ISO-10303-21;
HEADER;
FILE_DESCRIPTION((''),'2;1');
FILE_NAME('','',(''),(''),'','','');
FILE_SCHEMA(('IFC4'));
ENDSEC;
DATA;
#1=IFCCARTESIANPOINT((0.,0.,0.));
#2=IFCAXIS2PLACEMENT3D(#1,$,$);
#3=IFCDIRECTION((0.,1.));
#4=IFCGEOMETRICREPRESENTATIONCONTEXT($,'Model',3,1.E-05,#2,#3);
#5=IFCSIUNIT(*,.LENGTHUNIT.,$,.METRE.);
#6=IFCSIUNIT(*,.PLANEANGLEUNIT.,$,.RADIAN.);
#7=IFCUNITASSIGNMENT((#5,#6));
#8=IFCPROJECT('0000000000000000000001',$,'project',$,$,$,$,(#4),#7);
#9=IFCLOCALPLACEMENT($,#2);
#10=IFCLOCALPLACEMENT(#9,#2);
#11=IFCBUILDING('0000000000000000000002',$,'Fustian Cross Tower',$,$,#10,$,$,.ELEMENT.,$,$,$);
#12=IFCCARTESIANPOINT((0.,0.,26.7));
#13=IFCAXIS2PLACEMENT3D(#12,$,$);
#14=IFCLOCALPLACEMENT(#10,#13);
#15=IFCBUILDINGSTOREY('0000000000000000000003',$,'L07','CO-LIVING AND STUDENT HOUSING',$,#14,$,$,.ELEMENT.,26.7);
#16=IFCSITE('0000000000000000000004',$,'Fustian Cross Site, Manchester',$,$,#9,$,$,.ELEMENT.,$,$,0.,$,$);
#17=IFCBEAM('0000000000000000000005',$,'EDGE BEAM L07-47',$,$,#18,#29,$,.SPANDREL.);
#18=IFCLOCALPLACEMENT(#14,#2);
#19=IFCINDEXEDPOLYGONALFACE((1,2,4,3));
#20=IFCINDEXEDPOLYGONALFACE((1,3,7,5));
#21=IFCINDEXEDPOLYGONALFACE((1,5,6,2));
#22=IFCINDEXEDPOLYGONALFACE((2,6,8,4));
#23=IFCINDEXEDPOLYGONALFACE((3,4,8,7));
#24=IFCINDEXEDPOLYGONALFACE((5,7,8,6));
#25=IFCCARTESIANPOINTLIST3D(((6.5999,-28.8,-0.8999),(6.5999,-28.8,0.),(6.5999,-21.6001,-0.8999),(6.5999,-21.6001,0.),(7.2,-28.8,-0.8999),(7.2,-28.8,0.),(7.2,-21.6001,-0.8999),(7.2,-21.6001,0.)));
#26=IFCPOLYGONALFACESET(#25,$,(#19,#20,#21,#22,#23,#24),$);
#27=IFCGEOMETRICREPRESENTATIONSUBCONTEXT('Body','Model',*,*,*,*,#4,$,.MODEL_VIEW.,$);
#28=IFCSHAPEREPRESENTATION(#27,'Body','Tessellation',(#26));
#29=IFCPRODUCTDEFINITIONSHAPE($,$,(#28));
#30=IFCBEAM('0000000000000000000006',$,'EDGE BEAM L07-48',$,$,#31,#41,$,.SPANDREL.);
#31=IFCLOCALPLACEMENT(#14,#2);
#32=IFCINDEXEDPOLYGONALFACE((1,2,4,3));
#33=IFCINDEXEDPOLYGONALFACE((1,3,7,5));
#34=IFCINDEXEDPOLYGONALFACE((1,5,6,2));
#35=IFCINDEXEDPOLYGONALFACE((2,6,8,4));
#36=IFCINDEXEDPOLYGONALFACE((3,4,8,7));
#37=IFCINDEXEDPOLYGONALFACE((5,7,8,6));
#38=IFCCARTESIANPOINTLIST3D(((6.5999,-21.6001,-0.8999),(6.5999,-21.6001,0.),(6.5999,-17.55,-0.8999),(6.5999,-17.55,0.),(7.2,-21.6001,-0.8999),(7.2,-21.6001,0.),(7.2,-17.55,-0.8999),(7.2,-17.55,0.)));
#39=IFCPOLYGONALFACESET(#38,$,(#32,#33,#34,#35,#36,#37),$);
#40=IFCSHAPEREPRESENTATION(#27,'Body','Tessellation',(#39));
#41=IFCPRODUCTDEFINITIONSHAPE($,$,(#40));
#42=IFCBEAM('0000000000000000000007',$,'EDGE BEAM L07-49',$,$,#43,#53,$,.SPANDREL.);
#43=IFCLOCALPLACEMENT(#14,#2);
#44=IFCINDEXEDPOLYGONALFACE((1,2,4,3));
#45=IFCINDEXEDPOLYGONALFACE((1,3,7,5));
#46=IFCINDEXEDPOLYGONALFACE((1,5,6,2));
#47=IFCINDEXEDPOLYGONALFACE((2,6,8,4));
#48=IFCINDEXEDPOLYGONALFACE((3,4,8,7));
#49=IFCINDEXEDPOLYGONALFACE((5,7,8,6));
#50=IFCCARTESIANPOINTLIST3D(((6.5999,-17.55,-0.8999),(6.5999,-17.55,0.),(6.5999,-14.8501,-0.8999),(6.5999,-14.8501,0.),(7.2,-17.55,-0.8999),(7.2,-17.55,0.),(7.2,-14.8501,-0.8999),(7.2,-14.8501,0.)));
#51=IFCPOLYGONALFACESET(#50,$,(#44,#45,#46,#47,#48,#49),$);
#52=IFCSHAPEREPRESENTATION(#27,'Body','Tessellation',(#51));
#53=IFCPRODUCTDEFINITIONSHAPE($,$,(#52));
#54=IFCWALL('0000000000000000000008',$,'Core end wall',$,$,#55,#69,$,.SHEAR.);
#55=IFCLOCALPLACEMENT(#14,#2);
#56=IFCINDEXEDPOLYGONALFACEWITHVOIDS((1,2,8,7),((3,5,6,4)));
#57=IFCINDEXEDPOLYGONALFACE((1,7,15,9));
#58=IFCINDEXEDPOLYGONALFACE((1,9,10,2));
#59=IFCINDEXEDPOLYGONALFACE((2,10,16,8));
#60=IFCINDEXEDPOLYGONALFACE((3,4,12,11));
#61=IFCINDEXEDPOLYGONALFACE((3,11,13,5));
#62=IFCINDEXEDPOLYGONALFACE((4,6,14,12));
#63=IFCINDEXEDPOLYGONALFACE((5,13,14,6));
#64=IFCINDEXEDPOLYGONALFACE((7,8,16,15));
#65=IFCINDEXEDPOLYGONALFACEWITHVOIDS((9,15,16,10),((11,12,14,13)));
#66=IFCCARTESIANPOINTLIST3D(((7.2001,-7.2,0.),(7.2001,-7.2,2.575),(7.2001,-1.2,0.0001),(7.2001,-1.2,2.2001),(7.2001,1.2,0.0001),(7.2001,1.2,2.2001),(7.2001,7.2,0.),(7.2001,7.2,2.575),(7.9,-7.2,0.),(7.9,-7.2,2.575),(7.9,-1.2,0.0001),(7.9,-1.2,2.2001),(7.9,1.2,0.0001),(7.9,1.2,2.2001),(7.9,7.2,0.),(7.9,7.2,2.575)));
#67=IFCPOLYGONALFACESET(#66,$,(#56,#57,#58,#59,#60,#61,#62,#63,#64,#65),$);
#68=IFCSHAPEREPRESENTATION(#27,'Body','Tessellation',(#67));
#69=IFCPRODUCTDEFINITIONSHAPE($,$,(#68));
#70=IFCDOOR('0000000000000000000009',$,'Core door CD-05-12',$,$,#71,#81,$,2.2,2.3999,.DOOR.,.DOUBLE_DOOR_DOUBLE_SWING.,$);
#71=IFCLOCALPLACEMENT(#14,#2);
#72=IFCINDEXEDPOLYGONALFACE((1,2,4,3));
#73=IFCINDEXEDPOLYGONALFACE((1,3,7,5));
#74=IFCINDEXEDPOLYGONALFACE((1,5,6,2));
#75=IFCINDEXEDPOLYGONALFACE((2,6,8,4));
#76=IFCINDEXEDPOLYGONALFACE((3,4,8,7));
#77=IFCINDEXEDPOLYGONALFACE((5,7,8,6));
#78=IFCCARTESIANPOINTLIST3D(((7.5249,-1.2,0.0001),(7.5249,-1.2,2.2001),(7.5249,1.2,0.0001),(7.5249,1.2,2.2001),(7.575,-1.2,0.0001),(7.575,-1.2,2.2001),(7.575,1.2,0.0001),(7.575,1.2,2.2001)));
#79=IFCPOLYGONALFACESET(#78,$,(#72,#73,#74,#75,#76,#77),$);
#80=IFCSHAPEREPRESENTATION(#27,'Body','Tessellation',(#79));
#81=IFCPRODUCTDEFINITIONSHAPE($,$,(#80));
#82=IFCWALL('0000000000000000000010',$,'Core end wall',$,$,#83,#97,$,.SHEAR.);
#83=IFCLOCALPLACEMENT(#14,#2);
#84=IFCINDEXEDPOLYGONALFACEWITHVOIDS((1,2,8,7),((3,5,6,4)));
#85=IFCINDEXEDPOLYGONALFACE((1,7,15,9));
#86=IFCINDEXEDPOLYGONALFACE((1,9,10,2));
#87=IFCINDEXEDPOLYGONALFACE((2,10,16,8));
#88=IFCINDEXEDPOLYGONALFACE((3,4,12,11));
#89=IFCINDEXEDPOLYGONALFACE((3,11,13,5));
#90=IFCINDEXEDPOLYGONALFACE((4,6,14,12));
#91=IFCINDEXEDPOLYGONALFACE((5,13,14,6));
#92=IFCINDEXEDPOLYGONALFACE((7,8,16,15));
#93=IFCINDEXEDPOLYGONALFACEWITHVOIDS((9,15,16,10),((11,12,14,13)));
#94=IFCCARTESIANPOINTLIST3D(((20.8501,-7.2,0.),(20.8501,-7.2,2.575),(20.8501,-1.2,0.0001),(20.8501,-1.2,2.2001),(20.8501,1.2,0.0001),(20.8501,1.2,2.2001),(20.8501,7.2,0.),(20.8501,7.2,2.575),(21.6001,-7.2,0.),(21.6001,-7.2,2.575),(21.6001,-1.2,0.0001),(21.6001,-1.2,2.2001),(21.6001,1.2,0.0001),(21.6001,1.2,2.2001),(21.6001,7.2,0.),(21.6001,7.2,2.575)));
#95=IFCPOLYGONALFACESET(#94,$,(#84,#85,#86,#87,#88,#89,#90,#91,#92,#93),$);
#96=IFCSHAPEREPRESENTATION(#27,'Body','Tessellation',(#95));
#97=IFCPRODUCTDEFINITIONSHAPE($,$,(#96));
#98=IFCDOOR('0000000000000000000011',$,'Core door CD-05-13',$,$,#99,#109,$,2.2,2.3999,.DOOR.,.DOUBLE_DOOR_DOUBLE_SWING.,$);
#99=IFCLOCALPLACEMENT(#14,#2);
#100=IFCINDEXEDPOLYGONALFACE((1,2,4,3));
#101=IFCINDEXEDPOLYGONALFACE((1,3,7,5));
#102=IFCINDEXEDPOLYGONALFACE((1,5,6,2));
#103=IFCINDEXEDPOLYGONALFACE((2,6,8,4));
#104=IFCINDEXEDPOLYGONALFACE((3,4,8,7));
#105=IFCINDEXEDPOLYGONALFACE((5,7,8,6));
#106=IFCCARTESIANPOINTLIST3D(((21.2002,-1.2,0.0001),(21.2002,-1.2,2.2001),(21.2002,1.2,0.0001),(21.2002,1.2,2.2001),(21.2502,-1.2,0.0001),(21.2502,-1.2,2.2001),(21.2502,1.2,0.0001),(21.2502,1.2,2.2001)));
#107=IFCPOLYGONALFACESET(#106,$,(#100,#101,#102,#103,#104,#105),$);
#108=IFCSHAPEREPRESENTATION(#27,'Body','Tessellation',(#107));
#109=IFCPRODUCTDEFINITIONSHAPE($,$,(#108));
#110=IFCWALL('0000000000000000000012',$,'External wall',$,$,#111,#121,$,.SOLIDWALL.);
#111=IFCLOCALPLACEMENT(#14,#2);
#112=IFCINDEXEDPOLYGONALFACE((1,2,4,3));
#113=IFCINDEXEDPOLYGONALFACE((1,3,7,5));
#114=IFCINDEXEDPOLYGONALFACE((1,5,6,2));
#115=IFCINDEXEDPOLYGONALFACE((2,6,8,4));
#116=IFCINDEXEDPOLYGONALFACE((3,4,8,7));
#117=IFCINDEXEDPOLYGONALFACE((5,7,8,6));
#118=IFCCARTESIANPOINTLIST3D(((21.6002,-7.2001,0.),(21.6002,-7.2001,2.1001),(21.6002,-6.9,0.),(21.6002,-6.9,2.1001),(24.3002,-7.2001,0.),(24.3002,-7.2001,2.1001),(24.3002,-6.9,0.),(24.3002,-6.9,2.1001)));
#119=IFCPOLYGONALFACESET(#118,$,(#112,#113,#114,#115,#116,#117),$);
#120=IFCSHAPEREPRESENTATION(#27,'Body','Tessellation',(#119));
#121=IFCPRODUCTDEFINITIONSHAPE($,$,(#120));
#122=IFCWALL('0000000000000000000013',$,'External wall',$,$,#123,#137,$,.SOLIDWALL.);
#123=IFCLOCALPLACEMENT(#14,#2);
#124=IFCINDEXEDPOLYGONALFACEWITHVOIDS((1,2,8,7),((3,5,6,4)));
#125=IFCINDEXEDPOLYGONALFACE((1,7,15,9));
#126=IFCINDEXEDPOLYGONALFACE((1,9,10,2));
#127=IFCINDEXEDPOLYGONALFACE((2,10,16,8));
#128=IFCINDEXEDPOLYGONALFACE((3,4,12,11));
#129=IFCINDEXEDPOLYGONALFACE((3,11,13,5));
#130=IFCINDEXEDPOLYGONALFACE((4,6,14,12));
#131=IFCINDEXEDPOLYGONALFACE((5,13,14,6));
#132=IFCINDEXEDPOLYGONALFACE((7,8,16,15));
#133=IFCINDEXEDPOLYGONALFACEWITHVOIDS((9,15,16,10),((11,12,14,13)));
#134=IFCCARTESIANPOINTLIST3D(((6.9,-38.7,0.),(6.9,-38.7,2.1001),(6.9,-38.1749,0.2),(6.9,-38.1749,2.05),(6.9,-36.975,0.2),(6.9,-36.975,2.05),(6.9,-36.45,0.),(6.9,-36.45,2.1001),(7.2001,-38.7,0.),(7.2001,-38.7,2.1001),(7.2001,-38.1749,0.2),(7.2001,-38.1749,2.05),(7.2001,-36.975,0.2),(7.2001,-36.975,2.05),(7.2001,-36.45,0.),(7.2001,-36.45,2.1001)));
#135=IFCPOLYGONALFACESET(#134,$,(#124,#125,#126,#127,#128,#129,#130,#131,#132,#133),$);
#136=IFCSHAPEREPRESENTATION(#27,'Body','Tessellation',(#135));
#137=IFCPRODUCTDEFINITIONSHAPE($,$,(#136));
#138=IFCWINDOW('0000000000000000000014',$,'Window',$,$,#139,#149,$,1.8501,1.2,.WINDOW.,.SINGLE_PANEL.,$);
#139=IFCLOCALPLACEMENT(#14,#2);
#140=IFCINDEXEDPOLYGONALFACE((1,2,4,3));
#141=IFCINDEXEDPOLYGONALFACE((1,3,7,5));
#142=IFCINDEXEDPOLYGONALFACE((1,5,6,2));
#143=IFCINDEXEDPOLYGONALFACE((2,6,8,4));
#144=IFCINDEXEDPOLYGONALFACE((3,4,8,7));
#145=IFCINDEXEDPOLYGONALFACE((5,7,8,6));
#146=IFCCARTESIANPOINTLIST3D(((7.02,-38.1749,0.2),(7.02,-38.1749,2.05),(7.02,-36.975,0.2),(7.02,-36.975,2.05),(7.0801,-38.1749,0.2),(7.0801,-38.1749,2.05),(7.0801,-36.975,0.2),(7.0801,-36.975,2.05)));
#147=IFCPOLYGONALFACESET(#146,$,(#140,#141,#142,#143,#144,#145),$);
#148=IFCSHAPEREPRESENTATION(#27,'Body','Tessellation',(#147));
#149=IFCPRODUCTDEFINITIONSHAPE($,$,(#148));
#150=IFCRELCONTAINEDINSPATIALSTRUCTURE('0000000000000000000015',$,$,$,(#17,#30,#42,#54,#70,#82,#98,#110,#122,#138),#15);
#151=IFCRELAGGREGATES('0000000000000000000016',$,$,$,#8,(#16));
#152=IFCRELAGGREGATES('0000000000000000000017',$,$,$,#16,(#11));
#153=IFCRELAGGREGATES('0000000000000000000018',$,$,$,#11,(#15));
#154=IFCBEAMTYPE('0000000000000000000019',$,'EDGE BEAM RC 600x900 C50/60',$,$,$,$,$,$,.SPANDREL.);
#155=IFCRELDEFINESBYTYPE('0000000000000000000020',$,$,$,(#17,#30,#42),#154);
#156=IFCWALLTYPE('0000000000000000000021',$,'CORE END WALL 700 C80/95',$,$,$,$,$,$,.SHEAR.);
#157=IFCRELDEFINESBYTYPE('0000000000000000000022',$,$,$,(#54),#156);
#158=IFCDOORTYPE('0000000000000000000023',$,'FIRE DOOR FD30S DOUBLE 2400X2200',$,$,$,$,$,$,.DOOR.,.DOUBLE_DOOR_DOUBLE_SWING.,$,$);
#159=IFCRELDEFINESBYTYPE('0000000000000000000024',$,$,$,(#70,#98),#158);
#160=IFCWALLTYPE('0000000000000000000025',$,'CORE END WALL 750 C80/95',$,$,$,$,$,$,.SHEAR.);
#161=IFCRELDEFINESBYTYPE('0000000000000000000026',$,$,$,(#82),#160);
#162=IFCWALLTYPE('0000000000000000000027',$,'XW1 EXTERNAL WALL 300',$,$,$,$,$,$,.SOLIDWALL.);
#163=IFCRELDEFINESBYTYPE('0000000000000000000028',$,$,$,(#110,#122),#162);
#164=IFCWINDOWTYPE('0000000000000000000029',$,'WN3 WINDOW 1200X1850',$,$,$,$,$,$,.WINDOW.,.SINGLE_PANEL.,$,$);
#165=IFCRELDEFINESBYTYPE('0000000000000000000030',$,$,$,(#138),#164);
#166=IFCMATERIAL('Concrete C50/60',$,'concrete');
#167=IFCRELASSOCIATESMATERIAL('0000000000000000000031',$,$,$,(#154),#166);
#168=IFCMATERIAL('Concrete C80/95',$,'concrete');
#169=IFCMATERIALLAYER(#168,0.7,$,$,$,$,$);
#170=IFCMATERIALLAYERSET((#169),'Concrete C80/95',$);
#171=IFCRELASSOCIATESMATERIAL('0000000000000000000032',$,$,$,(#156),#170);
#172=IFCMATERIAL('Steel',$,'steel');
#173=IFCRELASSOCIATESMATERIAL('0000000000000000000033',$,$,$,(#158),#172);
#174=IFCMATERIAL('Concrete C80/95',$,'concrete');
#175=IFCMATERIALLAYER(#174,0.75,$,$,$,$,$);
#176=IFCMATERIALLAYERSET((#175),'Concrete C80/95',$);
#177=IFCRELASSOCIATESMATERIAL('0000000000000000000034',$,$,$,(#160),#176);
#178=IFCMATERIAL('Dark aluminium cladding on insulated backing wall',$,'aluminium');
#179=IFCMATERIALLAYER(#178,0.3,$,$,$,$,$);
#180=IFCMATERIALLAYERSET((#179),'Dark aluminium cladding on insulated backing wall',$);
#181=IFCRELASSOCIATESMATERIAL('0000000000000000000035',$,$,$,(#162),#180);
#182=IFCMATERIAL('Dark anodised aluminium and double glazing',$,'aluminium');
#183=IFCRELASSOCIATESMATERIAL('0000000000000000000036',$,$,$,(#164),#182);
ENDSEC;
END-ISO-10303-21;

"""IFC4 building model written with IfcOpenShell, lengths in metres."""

from ifc_helpers import new_model, si_unit, direction, frame, frame_2d, origin, origin_2d, place, context, subcontext, project, spatial, rectangle, extrude, material, layer, layer_set, material_profile, profile_set, type_object, element, fill, save


model = new_model("IFC4")

# Units and contexts
model_context = context("Model", 3, precision=1e-05, world=origin(), true_north=direction((0.0, 1.0)))
body_context = subcontext(model_context, "Body", "Model", "MODEL_VIEW")
ifc_project = project(units=[si_unit("LENGTHUNIT", "METRE"), si_unit("PLANEANGLEUNIT", "RADIAN")], contexts=[model_context])

# Site, building, storey
site_placement = place(None, origin())
site = spatial("IfcSite", under=ifc_project, at=site_placement, Name="Fustian Cross Site, Manchester", CompositionType="ELEMENT", RefElevation=0.0)
building_placement = place(site_placement, origin())
building = spatial("IfcBuilding", under=site, at=building_placement, Name="Fustian Cross Tower", CompositionType="ELEMENT")
storey_placement = place(building_placement, frame((0.0, 0.0, 26.7)))
storey = spatial("IfcBuildingStorey", under=building, at=storey_placement, Name="L07", Description="CO-LIVING AND STUDENT HOUSING", CompositionType="ELEMENT", Elevation=26.7)

# Beams
ifc_material_1 = material(Name="Concrete C50/60", Category="concrete")
ifc_material_profile = material_profile(ifc_material_1, rectangle(XDim=0.6001, YDim=0.8999, at=origin_2d()), Name="RC 600x900")
ifc_profile_set = profile_set([ifc_material_profile], Name="Concrete C50/60")
beam_type = type_object("IfcBeamType", Name="EDGE BEAM RC 600x900 C50/60", PredefinedType="SPANDREL", material=ifc_profile_set)
beam_1_placement = place(storey_placement, frame((6.8999, -28.8, -0.45), z_axis=(0.0, 1.0, 0.0), x_axis=(-1.0, 0.0, 0.0)))
element("IfcBeam", 1, at=beam_1_placement, inside=storey, type_object=beam_type, Name="EDGE BEAM L07-47", PredefinedType="SPANDREL", context=body_context, shape_type="SweptSolid", body=[
    extrude(rectangle(XDim=0.6001, YDim=0.8999, at=origin_2d()), origin(), (0.0, 0.0, 1.0), 7.2),
])
beam_2_placement = place(storey_placement, frame((6.8999, -21.6001, -0.45), z_axis=(0.0, 1.0, 0.0), x_axis=(-1.0, 0.0, 0.0)))
element("IfcBeam", 2, at=beam_2_placement, inside=storey, type_object=beam_type, Name="EDGE BEAM L07-48", PredefinedType="SPANDREL", context=body_context, shape_type="SweptSolid", body=[
    extrude(rectangle(XDim=0.6001, YDim=0.8999, at=origin_2d()), origin(), (0.0, 0.0, 1.0), 4.05),
])
beam_3_placement = place(storey_placement, frame((6.8999, -17.55, -0.45), z_axis=(0.0, 1.0, 0.0), x_axis=(-1.0, 0.0, 0.0)))
element("IfcBeam", 3, at=beam_3_placement, inside=storey, type_object=beam_type, Name="EDGE BEAM L07-49", PredefinedType="SPANDREL", context=body_context, shape_type="SweptSolid", body=[
    extrude(rectangle(XDim=0.6001, YDim=0.8999, at=origin_2d()), origin(), (0.0, 0.0, 1.0), 2.7),
])

# Walls, openings, doors
ifc_material_2 = material(Name="Concrete C80/95", Category="concrete")
ifc_layer_1 = layer(ifc_material_2, 0.7)
ifc_layer_set_1 = layer_set([ifc_layer_1], Name="Concrete C80/95")
wall_type_1 = type_object("IfcWallType", Name="CORE END WALL 700 C80/95", PredefinedType="SHEAR", material=ifc_layer_set_1)
wall_1_placement = place(storey_placement, frame((7.55, -7.2, 0.0), z_axis=(0.0, 0.0, 1.0), x_axis=(0.0, 1.0, 0.0)))
wall_1 = element("IfcWall", 4, at=wall_1_placement, inside=storey, type_object=wall_type_1, Name="Core end wall", PredefinedType="SHEAR", context=body_context, shape_type="SweptSolid", body=[
    extrude(rectangle(XDim=14.3999, YDim=0.7, at=frame_2d((7.2, 0.0))), origin(), (0.0, 0.0, 1.0), 2.575),
])
opening_1_placement = place(wall_1_placement, frame((6.0, 0.0, 0.0)))
opening_1 = element("IfcOpeningElement", 5, at=opening_1_placement, cuts=wall_1, PredefinedType="OPENING", context=body_context, shape_type="SweptSolid", body=[
    extrude(rectangle(XDim=2.3999, YDim=2.2, at=frame_2d((1.2, 1.1001))), frame((0.0, 0.3599, 0.0), z_axis=(0.0, -1.0, 0.0), x_axis=(1.0, 0.0, 0.0)), (0.0, 0.0, 1.0), 0.72),
])
ifc_material_3 = material(Name="Steel", Category="steel")
door_type = type_object("IfcDoorType", Name="FIRE DOOR FD30S DOUBLE 2400X2200", OperationType="DOUBLE_DOOR_DOUBLE_SWING", PredefinedType="DOOR", material=ifc_material_3)
door_1_placement = place(opening_1_placement, frame((2.3999, 0.0, 0.0), z_axis=(0.0, 0.0, 1.0), x_axis=(-1.0, 0.0, 0.0)))
door_1 = element("IfcDoor", 6, at=door_1_placement, inside=storey, type_object=door_type, Name="Core door CD-05-12", OperationType="DOUBLE_DOOR_DOUBLE_SWING", OverallHeight=2.2, OverallWidth=2.3999, PredefinedType="DOOR", context=body_context, shape_type="SweptSolid", body=[
    extrude(rectangle(XDim=2.3999, YDim=2.2, at=frame_2d((1.2, 1.1001))), frame((0.0, 0.0249, 0.0), z_axis=(0.0, -1.0, 0.0), x_axis=(1.0, 0.0, 0.0)), (0.0, 0.0, 1.0), 0.05),
])
fill(opening_1, door_1)
ifc_material_4 = material(Name="Concrete C80/95", Category="concrete")
ifc_layer_2 = layer(ifc_material_4, 0.75)
ifc_layer_set_2 = layer_set([ifc_layer_2], Name="Concrete C80/95")
wall_type_2 = type_object("IfcWallType", Name="CORE END WALL 750 C80/95", PredefinedType="SHEAR", material=ifc_layer_set_2)
wall_2_placement = place(storey_placement, frame((21.2251, -7.2, 0.0), z_axis=(0.0, 0.0, 1.0), x_axis=(0.0, 1.0, 0.0)))
wall_2 = element("IfcWall", 7, at=wall_2_placement, inside=storey, type_object=wall_type_2, Name="Core end wall", PredefinedType="SHEAR", context=body_context, shape_type="SweptSolid", body=[
    extrude(rectangle(XDim=14.3999, YDim=0.75, at=frame_2d((7.2, 0.0))), origin(), (0.0, 0.0, 1.0), 2.575),
])
opening_2_placement = place(wall_2_placement, frame((6.0, 0.0, 0.0)))
opening_2 = element("IfcOpeningElement", 8, at=opening_2_placement, cuts=wall_2, PredefinedType="OPENING", context=body_context, shape_type="SweptSolid", body=[
    extrude(rectangle(XDim=2.3999, YDim=2.2, at=frame_2d((1.2, 1.1001))), frame((0.0, 0.385, 0.0), z_axis=(0.0, -1.0, 0.0), x_axis=(1.0, 0.0, 0.0)), (0.0, 0.0, 1.0), 0.77),
])
door_2_placement = place(opening_2_placement, origin())
door_2 = element("IfcDoor", 9, at=door_2_placement, inside=storey, type_object=door_type, Name="Core door CD-05-13", OperationType="DOUBLE_DOOR_DOUBLE_SWING", OverallHeight=2.2, OverallWidth=2.3999, PredefinedType="DOOR", context=body_context, shape_type="SweptSolid", body=[
    extrude(rectangle(XDim=2.3999, YDim=2.2, at=frame_2d((1.2, 1.1001))), frame((0.0, 0.0249, 0.0), z_axis=(0.0, -1.0, 0.0), x_axis=(1.0, 0.0, 0.0)), (0.0, 0.0, 1.0), 0.05),
])
fill(opening_2, door_2)

# Wall
ifc_material_5 = material(Name="Dark aluminium cladding on insulated backing wall", Category="aluminium")
ifc_layer_3 = layer(ifc_material_5, 0.3)
ifc_layer_set_3 = layer_set([ifc_layer_3], Name="Dark aluminium cladding on insulated backing wall")
wall_type_3 = type_object("IfcWallType", Name="XW1 EXTERNAL WALL 300", PredefinedType="SOLIDWALL", material=ifc_layer_set_3)
wall_3_placement = place(storey_placement, frame((21.6001, -7.05, 0.0), z_axis=(0.0, 0.0, 1.0), x_axis=(1.0, 0.0, 0.0)))
element("IfcWall", 10, at=wall_3_placement, inside=storey, type_object=wall_type_3, Name="External wall", PredefinedType="SOLIDWALL", context=body_context, shape_type="SweptSolid", body=[
    extrude(rectangle(XDim=2.7, YDim=0.3, at=frame_2d((1.3501, 0.0))), origin(), (0.0, 0.0, 1.0), 2.1001),
])

# Wall, opening, window
wall_4_placement = place(storey_placement, frame((7.05, -38.7, 0.0), z_axis=(0.0, 0.0, 1.0), x_axis=(0.0, 1.0, 0.0)))
wall_4 = element("IfcWall", 11, at=wall_4_placement, inside=storey, type_object=wall_type_3, Name="External wall", PredefinedType="SOLIDWALL", context=body_context, shape_type="SweptSolid", body=[
    extrude(rectangle(XDim=2.25, YDim=0.3, at=frame_2d((1.125, 0.0))), origin(), (0.0, 0.0, 1.0), 2.1001),
])
opening_3_placement = place(wall_4_placement, frame((0.5249, 0.0, 0.2)))
opening_3 = element("IfcOpeningElement", 12, at=opening_3_placement, cuts=wall_4, PredefinedType="OPENING", context=body_context, shape_type="SweptSolid", body=[
    extrude(rectangle(XDim=1.2, YDim=1.8501, at=frame_2d((0.6001, 0.925))), frame((0.0, 0.1599, 0.0), z_axis=(0.0, -1.0, 0.0), x_axis=(1.0, 0.0, 0.0)), (0.0, 0.0, 1.0), 0.3201),
])
ifc_material_6 = material(Name="Dark anodised aluminium and double glazing", Category="aluminium")
window_type_1 = type_object("IfcWindowType", Name="WN3 WINDOW 1200X1850", PartitioningType="SINGLE_PANEL", PredefinedType="WINDOW", material=ifc_material_6)
window_1_placement = place(opening_3_placement, origin())
window_1 = element("IfcWindow", 13, at=window_1_placement, inside=storey, type_object=window_type_1, Name="Window", OverallHeight=1.8501, OverallWidth=1.2, PartitioningType="SINGLE_PANEL", PredefinedType="WINDOW", context=body_context, shape_type="SweptSolid", body=[
    extrude(rectangle(XDim=1.2, YDim=1.8501, at=frame_2d((0.6001, 0.925))), frame((0.0, 0.03, 0.0), z_axis=(0.0, -1.0, 0.0), x_axis=(1.0, 0.0, 0.0)), (0.0, 0.0, 1.0), 0.0601),
])
fill(opening_3, window_1)

save(model, "model.ifc")
